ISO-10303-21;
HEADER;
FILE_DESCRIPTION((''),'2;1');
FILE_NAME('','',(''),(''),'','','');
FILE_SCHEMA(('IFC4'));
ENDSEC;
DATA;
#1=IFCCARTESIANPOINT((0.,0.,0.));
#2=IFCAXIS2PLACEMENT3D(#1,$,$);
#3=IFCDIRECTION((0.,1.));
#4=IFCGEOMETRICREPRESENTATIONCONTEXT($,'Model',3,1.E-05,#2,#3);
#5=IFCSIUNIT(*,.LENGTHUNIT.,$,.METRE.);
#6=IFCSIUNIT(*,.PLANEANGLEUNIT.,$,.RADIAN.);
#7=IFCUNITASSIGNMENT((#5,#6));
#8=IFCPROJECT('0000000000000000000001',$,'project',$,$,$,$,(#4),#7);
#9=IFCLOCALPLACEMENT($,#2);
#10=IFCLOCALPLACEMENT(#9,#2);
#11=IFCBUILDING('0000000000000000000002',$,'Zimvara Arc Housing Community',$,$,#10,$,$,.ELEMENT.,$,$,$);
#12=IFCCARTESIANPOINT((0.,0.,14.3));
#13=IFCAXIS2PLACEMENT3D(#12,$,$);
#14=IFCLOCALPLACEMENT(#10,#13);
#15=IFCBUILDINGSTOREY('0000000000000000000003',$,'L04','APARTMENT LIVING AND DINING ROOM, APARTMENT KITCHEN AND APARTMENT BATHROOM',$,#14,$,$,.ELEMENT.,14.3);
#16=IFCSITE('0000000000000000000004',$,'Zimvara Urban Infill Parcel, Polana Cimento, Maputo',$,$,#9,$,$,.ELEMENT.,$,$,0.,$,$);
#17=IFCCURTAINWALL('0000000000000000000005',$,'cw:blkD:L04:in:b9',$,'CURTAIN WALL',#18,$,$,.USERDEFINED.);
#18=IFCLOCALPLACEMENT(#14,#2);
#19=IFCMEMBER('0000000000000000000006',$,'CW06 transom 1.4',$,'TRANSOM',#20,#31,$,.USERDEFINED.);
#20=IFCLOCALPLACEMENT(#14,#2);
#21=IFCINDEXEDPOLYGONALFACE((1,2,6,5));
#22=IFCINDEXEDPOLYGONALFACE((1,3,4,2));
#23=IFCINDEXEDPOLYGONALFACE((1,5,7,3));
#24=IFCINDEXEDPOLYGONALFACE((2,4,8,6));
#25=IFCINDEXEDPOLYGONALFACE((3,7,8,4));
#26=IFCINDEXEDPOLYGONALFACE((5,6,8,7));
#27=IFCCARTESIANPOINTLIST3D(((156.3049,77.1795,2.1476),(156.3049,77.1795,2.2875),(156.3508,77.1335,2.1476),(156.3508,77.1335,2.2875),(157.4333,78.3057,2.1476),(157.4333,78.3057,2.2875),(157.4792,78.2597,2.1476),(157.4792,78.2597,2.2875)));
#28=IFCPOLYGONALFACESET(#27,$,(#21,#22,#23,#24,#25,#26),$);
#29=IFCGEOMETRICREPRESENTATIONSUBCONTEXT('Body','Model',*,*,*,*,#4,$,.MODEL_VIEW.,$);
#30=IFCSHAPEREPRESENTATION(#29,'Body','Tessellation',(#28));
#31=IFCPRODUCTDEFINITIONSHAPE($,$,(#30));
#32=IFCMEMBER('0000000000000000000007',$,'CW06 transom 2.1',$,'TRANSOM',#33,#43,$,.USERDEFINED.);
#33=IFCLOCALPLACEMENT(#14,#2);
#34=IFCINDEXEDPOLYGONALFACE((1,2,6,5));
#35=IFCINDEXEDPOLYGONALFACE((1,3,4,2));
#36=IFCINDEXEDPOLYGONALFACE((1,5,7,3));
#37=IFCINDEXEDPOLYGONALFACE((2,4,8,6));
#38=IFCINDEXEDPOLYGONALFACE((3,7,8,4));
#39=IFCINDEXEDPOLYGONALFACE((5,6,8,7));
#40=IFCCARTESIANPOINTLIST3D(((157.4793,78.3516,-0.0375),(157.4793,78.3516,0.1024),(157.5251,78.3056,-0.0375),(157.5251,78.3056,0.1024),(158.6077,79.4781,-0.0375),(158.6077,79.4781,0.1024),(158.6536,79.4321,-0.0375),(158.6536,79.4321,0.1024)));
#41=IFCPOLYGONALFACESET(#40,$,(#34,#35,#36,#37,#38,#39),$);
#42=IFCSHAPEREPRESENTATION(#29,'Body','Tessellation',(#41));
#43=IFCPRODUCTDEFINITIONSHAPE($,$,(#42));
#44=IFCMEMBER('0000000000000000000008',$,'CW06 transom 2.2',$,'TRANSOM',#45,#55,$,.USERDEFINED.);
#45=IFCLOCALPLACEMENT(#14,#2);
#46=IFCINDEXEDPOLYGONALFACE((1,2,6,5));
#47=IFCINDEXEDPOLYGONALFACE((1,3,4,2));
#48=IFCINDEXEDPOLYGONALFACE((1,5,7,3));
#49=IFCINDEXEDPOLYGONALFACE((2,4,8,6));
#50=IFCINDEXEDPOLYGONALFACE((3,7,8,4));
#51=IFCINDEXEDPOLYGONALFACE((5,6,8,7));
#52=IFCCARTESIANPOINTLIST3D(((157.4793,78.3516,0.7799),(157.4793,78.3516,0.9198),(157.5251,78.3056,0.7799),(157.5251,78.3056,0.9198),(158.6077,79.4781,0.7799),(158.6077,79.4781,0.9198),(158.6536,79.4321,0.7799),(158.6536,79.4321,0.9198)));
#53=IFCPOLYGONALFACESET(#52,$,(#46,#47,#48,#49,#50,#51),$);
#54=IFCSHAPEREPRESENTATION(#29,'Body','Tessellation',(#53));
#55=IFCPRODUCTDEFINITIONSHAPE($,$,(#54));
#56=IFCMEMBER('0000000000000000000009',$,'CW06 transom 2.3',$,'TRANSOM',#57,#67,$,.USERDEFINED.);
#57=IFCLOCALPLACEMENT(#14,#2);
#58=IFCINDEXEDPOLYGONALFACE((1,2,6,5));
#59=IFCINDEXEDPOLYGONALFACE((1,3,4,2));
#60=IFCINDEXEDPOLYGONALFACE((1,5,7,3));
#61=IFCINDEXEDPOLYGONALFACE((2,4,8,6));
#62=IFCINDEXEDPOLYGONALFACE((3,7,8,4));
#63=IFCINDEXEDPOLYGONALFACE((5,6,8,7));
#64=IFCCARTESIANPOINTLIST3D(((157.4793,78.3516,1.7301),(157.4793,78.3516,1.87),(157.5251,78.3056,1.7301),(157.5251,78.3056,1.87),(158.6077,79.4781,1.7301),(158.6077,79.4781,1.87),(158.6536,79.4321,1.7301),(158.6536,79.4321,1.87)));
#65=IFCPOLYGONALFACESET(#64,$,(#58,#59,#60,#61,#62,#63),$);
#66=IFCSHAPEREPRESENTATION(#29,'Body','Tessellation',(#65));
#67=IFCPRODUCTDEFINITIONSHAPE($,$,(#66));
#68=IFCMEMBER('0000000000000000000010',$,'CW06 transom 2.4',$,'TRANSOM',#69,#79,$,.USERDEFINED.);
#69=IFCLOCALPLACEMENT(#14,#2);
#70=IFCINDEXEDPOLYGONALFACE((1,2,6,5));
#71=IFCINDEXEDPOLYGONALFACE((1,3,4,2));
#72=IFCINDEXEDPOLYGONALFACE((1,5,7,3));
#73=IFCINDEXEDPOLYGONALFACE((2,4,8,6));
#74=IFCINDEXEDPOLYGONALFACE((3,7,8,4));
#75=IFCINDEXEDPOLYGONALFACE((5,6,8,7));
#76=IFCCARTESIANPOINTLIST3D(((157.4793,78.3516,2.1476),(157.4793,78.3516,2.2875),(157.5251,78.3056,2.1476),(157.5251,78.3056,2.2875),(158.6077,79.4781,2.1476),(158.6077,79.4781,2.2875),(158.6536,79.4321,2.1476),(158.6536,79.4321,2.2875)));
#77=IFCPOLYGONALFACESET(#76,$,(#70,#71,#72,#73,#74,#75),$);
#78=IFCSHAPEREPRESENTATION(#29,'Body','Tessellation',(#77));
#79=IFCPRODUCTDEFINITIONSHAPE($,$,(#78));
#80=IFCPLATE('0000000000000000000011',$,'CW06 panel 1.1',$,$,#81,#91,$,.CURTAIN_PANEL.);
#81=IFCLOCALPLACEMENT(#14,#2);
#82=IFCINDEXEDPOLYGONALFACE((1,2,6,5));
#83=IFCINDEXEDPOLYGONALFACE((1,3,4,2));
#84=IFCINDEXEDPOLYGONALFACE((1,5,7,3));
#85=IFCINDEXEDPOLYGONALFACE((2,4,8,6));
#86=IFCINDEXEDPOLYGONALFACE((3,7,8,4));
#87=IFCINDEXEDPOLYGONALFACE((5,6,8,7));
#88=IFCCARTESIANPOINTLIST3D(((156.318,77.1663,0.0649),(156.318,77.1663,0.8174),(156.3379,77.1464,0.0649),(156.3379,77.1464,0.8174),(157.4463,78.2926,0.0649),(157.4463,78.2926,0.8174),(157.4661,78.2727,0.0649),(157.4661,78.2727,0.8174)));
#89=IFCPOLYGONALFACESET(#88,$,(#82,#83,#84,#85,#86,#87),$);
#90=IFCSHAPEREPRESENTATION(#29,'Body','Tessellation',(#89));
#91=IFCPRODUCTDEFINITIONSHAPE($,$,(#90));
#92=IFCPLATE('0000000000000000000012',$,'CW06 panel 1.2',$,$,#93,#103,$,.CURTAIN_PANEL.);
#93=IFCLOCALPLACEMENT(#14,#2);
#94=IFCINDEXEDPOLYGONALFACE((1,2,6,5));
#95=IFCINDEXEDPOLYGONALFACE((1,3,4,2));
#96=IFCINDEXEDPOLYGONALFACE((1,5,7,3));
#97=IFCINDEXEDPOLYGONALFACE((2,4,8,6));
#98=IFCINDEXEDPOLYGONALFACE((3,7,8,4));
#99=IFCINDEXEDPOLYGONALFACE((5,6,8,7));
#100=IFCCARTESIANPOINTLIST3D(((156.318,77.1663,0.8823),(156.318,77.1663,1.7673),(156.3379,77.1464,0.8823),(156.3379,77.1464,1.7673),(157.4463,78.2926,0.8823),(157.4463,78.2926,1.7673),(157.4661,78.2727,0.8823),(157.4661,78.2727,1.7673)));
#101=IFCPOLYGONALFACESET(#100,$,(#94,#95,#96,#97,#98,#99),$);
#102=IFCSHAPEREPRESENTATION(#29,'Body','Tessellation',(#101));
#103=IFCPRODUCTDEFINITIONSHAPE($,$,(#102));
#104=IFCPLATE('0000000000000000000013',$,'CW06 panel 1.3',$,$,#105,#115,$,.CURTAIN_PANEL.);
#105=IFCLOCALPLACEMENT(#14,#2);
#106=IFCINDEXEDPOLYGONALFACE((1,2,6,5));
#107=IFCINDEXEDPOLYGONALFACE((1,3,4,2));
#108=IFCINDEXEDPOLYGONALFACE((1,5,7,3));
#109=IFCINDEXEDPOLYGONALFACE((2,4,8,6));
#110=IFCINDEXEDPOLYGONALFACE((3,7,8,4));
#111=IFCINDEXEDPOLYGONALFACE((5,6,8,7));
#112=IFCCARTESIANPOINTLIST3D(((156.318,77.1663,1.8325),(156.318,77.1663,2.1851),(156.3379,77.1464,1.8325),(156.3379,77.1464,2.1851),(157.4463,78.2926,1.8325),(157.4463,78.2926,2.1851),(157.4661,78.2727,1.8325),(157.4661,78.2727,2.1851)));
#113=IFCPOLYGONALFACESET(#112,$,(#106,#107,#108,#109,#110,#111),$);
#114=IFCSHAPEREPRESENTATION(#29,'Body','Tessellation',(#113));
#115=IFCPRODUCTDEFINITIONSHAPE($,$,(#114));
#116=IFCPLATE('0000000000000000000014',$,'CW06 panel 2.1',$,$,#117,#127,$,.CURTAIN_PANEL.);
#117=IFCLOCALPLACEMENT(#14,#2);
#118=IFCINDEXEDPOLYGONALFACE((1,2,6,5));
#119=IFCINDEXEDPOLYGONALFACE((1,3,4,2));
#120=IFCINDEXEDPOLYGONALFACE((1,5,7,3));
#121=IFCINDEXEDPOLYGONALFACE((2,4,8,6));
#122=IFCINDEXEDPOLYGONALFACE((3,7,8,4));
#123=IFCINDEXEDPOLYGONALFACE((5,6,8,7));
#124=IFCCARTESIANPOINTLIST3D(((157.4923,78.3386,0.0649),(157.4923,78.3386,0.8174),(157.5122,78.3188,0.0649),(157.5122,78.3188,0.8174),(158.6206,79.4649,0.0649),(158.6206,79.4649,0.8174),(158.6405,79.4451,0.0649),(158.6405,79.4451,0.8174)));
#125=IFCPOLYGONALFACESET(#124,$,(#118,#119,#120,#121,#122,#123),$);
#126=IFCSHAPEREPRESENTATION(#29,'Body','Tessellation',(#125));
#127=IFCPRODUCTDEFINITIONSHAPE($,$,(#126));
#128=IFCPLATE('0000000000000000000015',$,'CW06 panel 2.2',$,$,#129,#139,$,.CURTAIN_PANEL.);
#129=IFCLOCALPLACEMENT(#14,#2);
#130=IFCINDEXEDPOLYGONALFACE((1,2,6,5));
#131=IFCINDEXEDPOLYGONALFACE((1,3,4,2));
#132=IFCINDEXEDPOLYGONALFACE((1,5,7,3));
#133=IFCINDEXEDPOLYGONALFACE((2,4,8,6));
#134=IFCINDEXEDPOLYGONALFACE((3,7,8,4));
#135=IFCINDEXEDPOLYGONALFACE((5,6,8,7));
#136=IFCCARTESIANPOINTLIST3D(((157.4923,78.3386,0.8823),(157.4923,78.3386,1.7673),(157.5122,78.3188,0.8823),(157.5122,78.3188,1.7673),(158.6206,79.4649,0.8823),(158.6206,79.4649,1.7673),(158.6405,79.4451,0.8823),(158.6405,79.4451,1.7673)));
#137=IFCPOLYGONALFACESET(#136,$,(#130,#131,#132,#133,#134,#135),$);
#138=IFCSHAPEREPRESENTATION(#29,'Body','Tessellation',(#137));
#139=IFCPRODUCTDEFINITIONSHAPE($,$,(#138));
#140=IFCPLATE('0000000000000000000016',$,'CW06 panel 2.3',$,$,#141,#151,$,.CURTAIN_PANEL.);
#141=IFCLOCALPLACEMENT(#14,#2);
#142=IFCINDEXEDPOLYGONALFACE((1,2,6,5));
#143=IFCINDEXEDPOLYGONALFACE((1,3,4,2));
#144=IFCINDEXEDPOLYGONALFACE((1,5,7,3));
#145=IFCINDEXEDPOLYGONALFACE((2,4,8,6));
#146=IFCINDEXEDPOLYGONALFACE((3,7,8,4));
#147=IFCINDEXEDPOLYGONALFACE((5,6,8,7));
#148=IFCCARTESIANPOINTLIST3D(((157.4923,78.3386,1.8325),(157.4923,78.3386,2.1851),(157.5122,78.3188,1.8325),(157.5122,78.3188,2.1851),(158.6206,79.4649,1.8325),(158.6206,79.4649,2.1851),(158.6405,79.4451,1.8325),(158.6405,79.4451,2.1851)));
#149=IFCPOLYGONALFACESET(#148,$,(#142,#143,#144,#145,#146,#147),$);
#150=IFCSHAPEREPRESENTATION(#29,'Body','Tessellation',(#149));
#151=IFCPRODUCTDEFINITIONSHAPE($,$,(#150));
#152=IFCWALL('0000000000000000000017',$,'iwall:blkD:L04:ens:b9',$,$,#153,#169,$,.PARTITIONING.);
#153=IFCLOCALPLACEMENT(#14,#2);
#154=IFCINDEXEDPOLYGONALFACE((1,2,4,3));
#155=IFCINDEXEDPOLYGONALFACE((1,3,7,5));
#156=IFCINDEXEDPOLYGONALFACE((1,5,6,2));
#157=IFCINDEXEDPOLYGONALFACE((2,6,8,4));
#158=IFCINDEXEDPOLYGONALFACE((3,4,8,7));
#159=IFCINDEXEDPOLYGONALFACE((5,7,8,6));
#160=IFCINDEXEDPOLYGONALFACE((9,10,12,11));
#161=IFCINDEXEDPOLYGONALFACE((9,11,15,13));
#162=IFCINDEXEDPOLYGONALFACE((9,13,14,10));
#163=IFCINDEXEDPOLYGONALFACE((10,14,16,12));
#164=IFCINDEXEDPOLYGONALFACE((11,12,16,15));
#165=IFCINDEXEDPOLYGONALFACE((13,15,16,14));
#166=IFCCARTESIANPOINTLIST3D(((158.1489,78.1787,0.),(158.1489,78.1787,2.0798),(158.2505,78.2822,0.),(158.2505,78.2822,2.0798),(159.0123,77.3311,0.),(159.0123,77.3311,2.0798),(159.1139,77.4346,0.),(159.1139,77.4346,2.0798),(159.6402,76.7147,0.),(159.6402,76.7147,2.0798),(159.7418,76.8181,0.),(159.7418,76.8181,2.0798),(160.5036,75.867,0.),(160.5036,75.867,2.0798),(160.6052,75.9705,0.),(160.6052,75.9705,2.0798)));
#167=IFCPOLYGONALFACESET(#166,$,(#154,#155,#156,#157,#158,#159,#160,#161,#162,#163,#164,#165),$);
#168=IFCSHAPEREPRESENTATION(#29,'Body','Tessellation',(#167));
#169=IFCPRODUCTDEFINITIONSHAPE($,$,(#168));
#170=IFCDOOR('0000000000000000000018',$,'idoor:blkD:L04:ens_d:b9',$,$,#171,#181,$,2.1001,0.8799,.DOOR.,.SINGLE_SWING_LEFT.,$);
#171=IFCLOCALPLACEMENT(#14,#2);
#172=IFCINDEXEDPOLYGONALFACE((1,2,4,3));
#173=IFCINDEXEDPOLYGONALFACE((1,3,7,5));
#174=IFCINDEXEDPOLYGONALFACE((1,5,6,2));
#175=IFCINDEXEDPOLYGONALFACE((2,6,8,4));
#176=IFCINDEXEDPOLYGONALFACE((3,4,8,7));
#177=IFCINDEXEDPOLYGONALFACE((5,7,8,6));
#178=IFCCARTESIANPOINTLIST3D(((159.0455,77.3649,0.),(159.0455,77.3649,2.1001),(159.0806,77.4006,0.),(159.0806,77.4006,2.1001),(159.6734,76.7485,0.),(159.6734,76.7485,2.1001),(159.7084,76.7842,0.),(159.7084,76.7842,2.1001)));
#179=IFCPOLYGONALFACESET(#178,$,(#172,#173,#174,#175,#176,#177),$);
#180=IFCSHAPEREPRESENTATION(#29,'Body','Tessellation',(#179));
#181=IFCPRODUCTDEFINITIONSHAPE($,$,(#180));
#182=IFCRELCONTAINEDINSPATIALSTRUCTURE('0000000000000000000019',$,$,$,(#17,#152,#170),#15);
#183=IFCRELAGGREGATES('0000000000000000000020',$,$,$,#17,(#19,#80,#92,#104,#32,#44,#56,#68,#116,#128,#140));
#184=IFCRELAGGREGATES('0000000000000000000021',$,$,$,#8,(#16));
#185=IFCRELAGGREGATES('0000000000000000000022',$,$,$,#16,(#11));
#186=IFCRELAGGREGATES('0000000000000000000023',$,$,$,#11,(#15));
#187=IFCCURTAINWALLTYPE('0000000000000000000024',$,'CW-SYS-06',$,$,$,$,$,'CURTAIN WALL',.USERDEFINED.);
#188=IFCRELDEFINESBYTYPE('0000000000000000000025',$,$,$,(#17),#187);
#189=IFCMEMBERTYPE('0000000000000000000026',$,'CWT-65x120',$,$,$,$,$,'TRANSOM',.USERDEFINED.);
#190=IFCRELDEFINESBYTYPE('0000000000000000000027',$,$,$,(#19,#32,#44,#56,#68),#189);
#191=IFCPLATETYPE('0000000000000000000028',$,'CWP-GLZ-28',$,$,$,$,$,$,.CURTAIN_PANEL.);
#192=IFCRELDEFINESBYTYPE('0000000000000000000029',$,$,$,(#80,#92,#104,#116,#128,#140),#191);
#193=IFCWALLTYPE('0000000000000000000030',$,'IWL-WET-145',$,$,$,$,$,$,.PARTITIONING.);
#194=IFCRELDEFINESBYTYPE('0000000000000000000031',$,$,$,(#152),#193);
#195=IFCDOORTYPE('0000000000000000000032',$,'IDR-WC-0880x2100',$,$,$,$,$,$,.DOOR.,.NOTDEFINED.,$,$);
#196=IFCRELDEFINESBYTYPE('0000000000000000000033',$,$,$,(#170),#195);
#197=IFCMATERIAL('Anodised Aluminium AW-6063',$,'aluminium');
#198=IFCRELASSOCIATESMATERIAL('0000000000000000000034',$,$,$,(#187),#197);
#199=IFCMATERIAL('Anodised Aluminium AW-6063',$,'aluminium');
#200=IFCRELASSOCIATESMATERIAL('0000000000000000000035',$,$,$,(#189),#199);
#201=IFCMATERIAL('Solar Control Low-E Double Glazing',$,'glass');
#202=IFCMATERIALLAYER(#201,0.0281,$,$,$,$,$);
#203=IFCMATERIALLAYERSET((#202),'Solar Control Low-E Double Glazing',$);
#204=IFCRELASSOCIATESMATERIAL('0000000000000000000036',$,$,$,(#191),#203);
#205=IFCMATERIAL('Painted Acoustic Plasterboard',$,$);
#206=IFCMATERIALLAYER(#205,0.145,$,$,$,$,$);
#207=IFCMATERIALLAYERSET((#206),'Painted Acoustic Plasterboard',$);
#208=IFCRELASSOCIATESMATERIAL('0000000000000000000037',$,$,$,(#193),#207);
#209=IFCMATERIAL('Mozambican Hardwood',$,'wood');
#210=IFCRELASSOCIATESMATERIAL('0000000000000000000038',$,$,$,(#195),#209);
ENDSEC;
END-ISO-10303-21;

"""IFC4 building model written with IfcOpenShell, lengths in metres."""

from ifc_helpers import new_model, si_unit, direction, frame, frame_2d, origin, origin_2d, place, context, subcontext, project, spatial, rectangle, extrude, material, layer, layer_set, material_profile, profile_set, type_object, element, fill, aggregate, save


model = new_model("IFC4")

# Units and contexts
model_context = context("Model", 3, precision=1e-05, world=origin(), true_north=direction((0.0, 1.0)))
body_context = subcontext(model_context, "Body", "Model", "MODEL_VIEW")
ifc_project = project(units=[si_unit("LENGTHUNIT", "METRE"), si_unit("PLANEANGLEUNIT", "RADIAN")], contexts=[model_context])

# Site, building, storey
site_placement = place(None, origin())
site = spatial("IfcSite", under=ifc_project, at=site_placement, Name="Zimvara Urban Infill Parcel, Polana Cimento, Maputo", CompositionType="ELEMENT", RefElevation=0.0)
building_placement = place(site_placement, origin())
building = spatial("IfcBuilding", under=site, at=building_placement, Name="Zimvara Arc Housing Community", CompositionType="ELEMENT")
storey_placement = place(building_placement, frame((0.0, 0.0, 14.3)))
storey = spatial("IfcBuildingStorey", under=building, at=storey_placement, Name="L04", Description="APARTMENT LIVING AND DINING ROOM, APARTMENT KITCHEN AND APARTMENT BATHROOM", CompositionType="ELEMENT", Elevation=14.3)

# Curtain wall, members, plates
ifc_material_1 = material(Name="Anodised Aluminium AW-6063", Category="aluminium")
curtain_wall_type = type_object("IfcCurtainWallType", Name="CW-SYS-06", ElementType="CURTAIN WALL", PredefinedType="USERDEFINED", material=ifc_material_1)
curtain_wall_placement = place(storey_placement, origin())
curtain_wall = element("IfcCurtainWall", 1, at=curtain_wall_placement, inside=storey, type_object=curtain_wall_type, Name="cw:blkD:L04:in:b9", ObjectType="CURTAIN WALL", PredefinedType="USERDEFINED")
ifc_material_2 = material(Name="Anodised Aluminium AW-6063", Category="aluminium")
ifc_material_profile_1 = material_profile(ifc_material_2, rectangle(XDim=0.0649, YDim=0.1399, at=origin_2d()), Name="ALU 65x140")
ifc_profile_set_1 = profile_set([ifc_material_profile_1], Name="Anodised Aluminium AW-6063")
member_type_1 = type_object("IfcMemberType", Name="CWT-65x120", ElementType="TRANSOM", PredefinedType="USERDEFINED", material=ifc_profile_set_1)
member_1_placement = place(storey_placement, frame((156.3279, 77.1565, 2.2175), z_axis=(0.707796, 0.706417, 0.0), x_axis=(-0.706417, 0.707796, 0.0)))
member_1 = element("IfcMember", 2, at=member_1_placement, type_object=member_type_1, Name="CW06 transom 1.4", ObjectType="TRANSOM", PredefinedType="USERDEFINED", context=body_context, shape_type="SweptSolid", body=[
    extrude(rectangle(XDim=0.0649, YDim=0.1399, at=origin_2d()), origin(), (0.0, 0.0, 1.0), 1.5942),
])
member_2_placement = place(storey_placement, frame((157.5022, 78.3286, 0.0325), z_axis=(0.707719, 0.706494, 0.0), x_axis=(-0.706494, 0.707719, 0.0)))
member_2 = element("IfcMember", 3, at=member_2_placement, type_object=member_type_1, Name="CW06 transom 2.1", ObjectType="TRANSOM", PredefinedType="USERDEFINED", context=body_context, shape_type="SweptSolid", body=[
    extrude(rectangle(XDim=0.0649, YDim=0.1399, at=origin_2d()), origin(), (0.0, 0.0, 1.0), 1.5945),
])
member_3_placement = place(storey_placement, frame((157.5022, 78.3286, 0.8499), z_axis=(0.707719, 0.706494, 0.0), x_axis=(-0.706494, 0.707719, 0.0)))
member_3 = element("IfcMember", 4, at=member_3_placement, type_object=member_type_1, Name="CW06 transom 2.2", ObjectType="TRANSOM", PredefinedType="USERDEFINED", context=body_context, shape_type="SweptSolid", body=[
    extrude(rectangle(XDim=0.0649, YDim=0.1399, at=origin_2d()), origin(), (0.0, 0.0, 1.0), 1.5945),
])
member_4_placement = place(storey_placement, frame((157.5022, 78.3286, 1.8), z_axis=(0.707719, 0.706494, 0.0), x_axis=(-0.706494, 0.707719, 0.0)))
member_4 = element("IfcMember", 5, at=member_4_placement, type_object=member_type_1, Name="CW06 transom 2.3", ObjectType="TRANSOM", PredefinedType="USERDEFINED", context=body_context, shape_type="SweptSolid", body=[
    extrude(rectangle(XDim=0.0649, YDim=0.1399, at=origin_2d()), origin(), (0.0, 0.0, 1.0), 1.5945),
])
member_5_placement = place(storey_placement, frame((157.5022, 78.3286, 2.2175), z_axis=(0.707719, 0.706494, 0.0), x_axis=(-0.706494, 0.707719, 0.0)))
member_5 = element("IfcMember", 6, at=member_5_placement, type_object=member_type_1, Name="CW06 transom 2.4", ObjectType="TRANSOM", PredefinedType="USERDEFINED", context=body_context, shape_type="SweptSolid", body=[
    extrude(rectangle(XDim=0.0649, YDim=0.1399, at=origin_2d()), origin(), (0.0, 0.0, 1.0), 1.5945),
])
ifc_material_3 = material(Name="Solar Control Low-E Double Glazing", Category="glass")
ifc_layer_1 = layer(ifc_material_3, 0.0281)
ifc_layer_set_1 = layer_set([ifc_layer_1], Name="Solar Control Low-E Double Glazing")
plate_type = type_object("IfcPlateType", Name="CWP-GLZ-28", PredefinedType="CURTAIN_PANEL", material=ifc_layer_set_1)
plate_1_placement = place(storey_placement, frame((156.8921, 77.7195, 0.0649), z_axis=(0.0, 0.0, 1.0), x_axis=(0.707723, 0.70649, 0.0)))
plate_1 = element("IfcPlate", 7, at=plate_1_placement, type_object=plate_type, Name="CW06 panel 1.1", PredefinedType="CURTAIN_PANEL", context=body_context, shape_type="SweptSolid", body=[
    extrude(rectangle(XDim=1.5942, YDim=0.0281, at=origin_2d()), origin(), (0.0, 0.0, 1.0), 0.7524),
])
plate_2_placement = place(storey_placement, frame((156.8921, 77.7195, 0.8823), z_axis=(0.0, 0.0, 1.0), x_axis=(0.707723, 0.70649, 0.0)))
plate_2 = element("IfcPlate", 8, at=plate_2_placement, type_object=plate_type, Name="CW06 panel 1.2", PredefinedType="CURTAIN_PANEL", context=body_context, shape_type="SweptSolid", body=[
    extrude(rectangle(XDim=1.5942, YDim=0.0281, at=origin_2d()), origin(), (0.0, 0.0, 1.0), 0.885),
])
plate_3_placement = place(storey_placement, frame((156.8921, 77.7195, 1.8325), z_axis=(0.0, 0.0, 1.0), x_axis=(0.707723, 0.70649, 0.0)))
plate_3 = element("IfcPlate", 9, at=plate_3_placement, type_object=plate_type, Name="CW06 panel 1.3", PredefinedType="CURTAIN_PANEL", context=body_context, shape_type="SweptSolid", body=[
    extrude(rectangle(XDim=1.5942, YDim=0.0281, at=origin_2d()), origin(), (0.0, 0.0, 1.0), 0.3525),
])
plate_4_placement = place(storey_placement, frame((158.0664, 78.8918, 0.0649), z_axis=(0.0, 0.0, 1.0), x_axis=(0.707723, 0.70649, 0.0)))
plate_4 = element("IfcPlate", 10, at=plate_4_placement, type_object=plate_type, Name="CW06 panel 2.1", PredefinedType="CURTAIN_PANEL", context=body_context, shape_type="SweptSolid", body=[
    extrude(rectangle(XDim=1.5942, YDim=0.0281, at=origin_2d()), origin(), (0.0, 0.0, 1.0), 0.7524),
])
plate_5_placement = place(storey_placement, frame((158.0664, 78.8918, 0.8823), z_axis=(0.0, 0.0, 1.0), x_axis=(0.707723, 0.70649, 0.0)))
plate_5 = element("IfcPlate", 11, at=plate_5_placement, type_object=plate_type, Name="CW06 panel 2.2", PredefinedType="CURTAIN_PANEL", context=body_context, shape_type="SweptSolid", body=[
    extrude(rectangle(XDim=1.5942, YDim=0.0281, at=origin_2d()), origin(), (0.0, 0.0, 1.0), 0.885),
])
plate_6_placement = place(storey_placement, frame((158.0664, 78.8918, 1.8325), z_axis=(0.0, 0.0, 1.0), x_axis=(0.707723, 0.70649, 0.0)))
plate_6 = element("IfcPlate", 12, at=plate_6_placement, type_object=plate_type, Name="CW06 panel 2.3", PredefinedType="CURTAIN_PANEL", context=body_context, shape_type="SweptSolid", body=[
    extrude(rectangle(XDim=1.5942, YDim=0.0281, at=origin_2d()), origin(), (0.0, 0.0, 1.0), 0.3525),
])
aggregate(curtain_wall, [member_1, plate_1, plate_2, plate_3, member_2, member_3, member_4, member_5, plate_4, plate_5, plate_6])

# Wall, opening, door
ifc_material_4 = material(Name="Painted Acoustic Plasterboard")
ifc_layer_2 = layer(ifc_material_4, 0.145)
ifc_layer_set_2 = layer_set([ifc_layer_2], Name="Painted Acoustic Plasterboard")
wall_type_1 = type_object("IfcWallType", Name="IWL-WET-145", PredefinedType="PARTITIONING", material=ifc_layer_set_2)
wall_1_placement = place(storey_placement, frame((158.1997, 78.2305, 0.0), z_axis=(0.0, 0.0, 1.0), x_axis=(0.713588, -0.700566, 0.0)))
wall_1 = element("IfcWall", 13, at=wall_1_placement, inside=storey, type_object=wall_type_1, Name="iwall:blkD:L04:ens:b9", PredefinedType="PARTITIONING", context=body_context, shape_type="SweptSolid", body=[
    extrude(rectangle(XDim=3.2998, YDim=0.145, at=frame_2d((1.6499, 0.0))), origin(), (0.0, 0.0, 1.0), 2.0798),
])
opening_1_placement = place(wall_1_placement, frame((1.21, 0.0, 0.0)))
opening_1 = element("IfcOpeningElement", 14, at=opening_1_placement, cuts=wall_1, PredefinedType="OPENING", context=body_context, shape_type="SweptSolid", body=[
    extrude(rectangle(XDim=0.8799, YDim=2.1001, at=frame_2d((0.4399, 1.05))), frame((0.0, 0.0825, 0.0), z_axis=(0.0, -1.0, 0.0), x_axis=(1.0, 0.0, 0.0)), (0.0, 0.0, 1.0), 0.165),
])
ifc_material_5 = material(Name="Mozambican Hardwood", Category="wood")
door_type_1 = type_object("IfcDoorType", Name="IDR-WC-0880x2100", OperationType="NOTDEFINED", PredefinedType="DOOR", material=ifc_material_5)
door_1_placement = place(opening_1_placement, origin())
door_1 = element("IfcDoor", 15, at=door_1_placement, inside=storey, type_object=door_type_1, Name="idoor:blkD:L04:ens_d:b9", OperationType="SINGLE_SWING_LEFT", OverallHeight=2.1001, OverallWidth=0.8799, PredefinedType="DOOR", context=body_context, shape_type="SweptSolid", body=[
    extrude(rectangle(XDim=0.8799, YDim=2.1001, at=frame_2d((0.4399, 1.05))), frame((0.0, 0.0249, 0.0), z_axis=(0.0, -1.0, 0.0), x_axis=(1.0, 0.0, 0.0)), (0.0, 0.0, 1.0), 0.05),
])
fill(opening_1, door_1)

save(model, "model.ifc")
